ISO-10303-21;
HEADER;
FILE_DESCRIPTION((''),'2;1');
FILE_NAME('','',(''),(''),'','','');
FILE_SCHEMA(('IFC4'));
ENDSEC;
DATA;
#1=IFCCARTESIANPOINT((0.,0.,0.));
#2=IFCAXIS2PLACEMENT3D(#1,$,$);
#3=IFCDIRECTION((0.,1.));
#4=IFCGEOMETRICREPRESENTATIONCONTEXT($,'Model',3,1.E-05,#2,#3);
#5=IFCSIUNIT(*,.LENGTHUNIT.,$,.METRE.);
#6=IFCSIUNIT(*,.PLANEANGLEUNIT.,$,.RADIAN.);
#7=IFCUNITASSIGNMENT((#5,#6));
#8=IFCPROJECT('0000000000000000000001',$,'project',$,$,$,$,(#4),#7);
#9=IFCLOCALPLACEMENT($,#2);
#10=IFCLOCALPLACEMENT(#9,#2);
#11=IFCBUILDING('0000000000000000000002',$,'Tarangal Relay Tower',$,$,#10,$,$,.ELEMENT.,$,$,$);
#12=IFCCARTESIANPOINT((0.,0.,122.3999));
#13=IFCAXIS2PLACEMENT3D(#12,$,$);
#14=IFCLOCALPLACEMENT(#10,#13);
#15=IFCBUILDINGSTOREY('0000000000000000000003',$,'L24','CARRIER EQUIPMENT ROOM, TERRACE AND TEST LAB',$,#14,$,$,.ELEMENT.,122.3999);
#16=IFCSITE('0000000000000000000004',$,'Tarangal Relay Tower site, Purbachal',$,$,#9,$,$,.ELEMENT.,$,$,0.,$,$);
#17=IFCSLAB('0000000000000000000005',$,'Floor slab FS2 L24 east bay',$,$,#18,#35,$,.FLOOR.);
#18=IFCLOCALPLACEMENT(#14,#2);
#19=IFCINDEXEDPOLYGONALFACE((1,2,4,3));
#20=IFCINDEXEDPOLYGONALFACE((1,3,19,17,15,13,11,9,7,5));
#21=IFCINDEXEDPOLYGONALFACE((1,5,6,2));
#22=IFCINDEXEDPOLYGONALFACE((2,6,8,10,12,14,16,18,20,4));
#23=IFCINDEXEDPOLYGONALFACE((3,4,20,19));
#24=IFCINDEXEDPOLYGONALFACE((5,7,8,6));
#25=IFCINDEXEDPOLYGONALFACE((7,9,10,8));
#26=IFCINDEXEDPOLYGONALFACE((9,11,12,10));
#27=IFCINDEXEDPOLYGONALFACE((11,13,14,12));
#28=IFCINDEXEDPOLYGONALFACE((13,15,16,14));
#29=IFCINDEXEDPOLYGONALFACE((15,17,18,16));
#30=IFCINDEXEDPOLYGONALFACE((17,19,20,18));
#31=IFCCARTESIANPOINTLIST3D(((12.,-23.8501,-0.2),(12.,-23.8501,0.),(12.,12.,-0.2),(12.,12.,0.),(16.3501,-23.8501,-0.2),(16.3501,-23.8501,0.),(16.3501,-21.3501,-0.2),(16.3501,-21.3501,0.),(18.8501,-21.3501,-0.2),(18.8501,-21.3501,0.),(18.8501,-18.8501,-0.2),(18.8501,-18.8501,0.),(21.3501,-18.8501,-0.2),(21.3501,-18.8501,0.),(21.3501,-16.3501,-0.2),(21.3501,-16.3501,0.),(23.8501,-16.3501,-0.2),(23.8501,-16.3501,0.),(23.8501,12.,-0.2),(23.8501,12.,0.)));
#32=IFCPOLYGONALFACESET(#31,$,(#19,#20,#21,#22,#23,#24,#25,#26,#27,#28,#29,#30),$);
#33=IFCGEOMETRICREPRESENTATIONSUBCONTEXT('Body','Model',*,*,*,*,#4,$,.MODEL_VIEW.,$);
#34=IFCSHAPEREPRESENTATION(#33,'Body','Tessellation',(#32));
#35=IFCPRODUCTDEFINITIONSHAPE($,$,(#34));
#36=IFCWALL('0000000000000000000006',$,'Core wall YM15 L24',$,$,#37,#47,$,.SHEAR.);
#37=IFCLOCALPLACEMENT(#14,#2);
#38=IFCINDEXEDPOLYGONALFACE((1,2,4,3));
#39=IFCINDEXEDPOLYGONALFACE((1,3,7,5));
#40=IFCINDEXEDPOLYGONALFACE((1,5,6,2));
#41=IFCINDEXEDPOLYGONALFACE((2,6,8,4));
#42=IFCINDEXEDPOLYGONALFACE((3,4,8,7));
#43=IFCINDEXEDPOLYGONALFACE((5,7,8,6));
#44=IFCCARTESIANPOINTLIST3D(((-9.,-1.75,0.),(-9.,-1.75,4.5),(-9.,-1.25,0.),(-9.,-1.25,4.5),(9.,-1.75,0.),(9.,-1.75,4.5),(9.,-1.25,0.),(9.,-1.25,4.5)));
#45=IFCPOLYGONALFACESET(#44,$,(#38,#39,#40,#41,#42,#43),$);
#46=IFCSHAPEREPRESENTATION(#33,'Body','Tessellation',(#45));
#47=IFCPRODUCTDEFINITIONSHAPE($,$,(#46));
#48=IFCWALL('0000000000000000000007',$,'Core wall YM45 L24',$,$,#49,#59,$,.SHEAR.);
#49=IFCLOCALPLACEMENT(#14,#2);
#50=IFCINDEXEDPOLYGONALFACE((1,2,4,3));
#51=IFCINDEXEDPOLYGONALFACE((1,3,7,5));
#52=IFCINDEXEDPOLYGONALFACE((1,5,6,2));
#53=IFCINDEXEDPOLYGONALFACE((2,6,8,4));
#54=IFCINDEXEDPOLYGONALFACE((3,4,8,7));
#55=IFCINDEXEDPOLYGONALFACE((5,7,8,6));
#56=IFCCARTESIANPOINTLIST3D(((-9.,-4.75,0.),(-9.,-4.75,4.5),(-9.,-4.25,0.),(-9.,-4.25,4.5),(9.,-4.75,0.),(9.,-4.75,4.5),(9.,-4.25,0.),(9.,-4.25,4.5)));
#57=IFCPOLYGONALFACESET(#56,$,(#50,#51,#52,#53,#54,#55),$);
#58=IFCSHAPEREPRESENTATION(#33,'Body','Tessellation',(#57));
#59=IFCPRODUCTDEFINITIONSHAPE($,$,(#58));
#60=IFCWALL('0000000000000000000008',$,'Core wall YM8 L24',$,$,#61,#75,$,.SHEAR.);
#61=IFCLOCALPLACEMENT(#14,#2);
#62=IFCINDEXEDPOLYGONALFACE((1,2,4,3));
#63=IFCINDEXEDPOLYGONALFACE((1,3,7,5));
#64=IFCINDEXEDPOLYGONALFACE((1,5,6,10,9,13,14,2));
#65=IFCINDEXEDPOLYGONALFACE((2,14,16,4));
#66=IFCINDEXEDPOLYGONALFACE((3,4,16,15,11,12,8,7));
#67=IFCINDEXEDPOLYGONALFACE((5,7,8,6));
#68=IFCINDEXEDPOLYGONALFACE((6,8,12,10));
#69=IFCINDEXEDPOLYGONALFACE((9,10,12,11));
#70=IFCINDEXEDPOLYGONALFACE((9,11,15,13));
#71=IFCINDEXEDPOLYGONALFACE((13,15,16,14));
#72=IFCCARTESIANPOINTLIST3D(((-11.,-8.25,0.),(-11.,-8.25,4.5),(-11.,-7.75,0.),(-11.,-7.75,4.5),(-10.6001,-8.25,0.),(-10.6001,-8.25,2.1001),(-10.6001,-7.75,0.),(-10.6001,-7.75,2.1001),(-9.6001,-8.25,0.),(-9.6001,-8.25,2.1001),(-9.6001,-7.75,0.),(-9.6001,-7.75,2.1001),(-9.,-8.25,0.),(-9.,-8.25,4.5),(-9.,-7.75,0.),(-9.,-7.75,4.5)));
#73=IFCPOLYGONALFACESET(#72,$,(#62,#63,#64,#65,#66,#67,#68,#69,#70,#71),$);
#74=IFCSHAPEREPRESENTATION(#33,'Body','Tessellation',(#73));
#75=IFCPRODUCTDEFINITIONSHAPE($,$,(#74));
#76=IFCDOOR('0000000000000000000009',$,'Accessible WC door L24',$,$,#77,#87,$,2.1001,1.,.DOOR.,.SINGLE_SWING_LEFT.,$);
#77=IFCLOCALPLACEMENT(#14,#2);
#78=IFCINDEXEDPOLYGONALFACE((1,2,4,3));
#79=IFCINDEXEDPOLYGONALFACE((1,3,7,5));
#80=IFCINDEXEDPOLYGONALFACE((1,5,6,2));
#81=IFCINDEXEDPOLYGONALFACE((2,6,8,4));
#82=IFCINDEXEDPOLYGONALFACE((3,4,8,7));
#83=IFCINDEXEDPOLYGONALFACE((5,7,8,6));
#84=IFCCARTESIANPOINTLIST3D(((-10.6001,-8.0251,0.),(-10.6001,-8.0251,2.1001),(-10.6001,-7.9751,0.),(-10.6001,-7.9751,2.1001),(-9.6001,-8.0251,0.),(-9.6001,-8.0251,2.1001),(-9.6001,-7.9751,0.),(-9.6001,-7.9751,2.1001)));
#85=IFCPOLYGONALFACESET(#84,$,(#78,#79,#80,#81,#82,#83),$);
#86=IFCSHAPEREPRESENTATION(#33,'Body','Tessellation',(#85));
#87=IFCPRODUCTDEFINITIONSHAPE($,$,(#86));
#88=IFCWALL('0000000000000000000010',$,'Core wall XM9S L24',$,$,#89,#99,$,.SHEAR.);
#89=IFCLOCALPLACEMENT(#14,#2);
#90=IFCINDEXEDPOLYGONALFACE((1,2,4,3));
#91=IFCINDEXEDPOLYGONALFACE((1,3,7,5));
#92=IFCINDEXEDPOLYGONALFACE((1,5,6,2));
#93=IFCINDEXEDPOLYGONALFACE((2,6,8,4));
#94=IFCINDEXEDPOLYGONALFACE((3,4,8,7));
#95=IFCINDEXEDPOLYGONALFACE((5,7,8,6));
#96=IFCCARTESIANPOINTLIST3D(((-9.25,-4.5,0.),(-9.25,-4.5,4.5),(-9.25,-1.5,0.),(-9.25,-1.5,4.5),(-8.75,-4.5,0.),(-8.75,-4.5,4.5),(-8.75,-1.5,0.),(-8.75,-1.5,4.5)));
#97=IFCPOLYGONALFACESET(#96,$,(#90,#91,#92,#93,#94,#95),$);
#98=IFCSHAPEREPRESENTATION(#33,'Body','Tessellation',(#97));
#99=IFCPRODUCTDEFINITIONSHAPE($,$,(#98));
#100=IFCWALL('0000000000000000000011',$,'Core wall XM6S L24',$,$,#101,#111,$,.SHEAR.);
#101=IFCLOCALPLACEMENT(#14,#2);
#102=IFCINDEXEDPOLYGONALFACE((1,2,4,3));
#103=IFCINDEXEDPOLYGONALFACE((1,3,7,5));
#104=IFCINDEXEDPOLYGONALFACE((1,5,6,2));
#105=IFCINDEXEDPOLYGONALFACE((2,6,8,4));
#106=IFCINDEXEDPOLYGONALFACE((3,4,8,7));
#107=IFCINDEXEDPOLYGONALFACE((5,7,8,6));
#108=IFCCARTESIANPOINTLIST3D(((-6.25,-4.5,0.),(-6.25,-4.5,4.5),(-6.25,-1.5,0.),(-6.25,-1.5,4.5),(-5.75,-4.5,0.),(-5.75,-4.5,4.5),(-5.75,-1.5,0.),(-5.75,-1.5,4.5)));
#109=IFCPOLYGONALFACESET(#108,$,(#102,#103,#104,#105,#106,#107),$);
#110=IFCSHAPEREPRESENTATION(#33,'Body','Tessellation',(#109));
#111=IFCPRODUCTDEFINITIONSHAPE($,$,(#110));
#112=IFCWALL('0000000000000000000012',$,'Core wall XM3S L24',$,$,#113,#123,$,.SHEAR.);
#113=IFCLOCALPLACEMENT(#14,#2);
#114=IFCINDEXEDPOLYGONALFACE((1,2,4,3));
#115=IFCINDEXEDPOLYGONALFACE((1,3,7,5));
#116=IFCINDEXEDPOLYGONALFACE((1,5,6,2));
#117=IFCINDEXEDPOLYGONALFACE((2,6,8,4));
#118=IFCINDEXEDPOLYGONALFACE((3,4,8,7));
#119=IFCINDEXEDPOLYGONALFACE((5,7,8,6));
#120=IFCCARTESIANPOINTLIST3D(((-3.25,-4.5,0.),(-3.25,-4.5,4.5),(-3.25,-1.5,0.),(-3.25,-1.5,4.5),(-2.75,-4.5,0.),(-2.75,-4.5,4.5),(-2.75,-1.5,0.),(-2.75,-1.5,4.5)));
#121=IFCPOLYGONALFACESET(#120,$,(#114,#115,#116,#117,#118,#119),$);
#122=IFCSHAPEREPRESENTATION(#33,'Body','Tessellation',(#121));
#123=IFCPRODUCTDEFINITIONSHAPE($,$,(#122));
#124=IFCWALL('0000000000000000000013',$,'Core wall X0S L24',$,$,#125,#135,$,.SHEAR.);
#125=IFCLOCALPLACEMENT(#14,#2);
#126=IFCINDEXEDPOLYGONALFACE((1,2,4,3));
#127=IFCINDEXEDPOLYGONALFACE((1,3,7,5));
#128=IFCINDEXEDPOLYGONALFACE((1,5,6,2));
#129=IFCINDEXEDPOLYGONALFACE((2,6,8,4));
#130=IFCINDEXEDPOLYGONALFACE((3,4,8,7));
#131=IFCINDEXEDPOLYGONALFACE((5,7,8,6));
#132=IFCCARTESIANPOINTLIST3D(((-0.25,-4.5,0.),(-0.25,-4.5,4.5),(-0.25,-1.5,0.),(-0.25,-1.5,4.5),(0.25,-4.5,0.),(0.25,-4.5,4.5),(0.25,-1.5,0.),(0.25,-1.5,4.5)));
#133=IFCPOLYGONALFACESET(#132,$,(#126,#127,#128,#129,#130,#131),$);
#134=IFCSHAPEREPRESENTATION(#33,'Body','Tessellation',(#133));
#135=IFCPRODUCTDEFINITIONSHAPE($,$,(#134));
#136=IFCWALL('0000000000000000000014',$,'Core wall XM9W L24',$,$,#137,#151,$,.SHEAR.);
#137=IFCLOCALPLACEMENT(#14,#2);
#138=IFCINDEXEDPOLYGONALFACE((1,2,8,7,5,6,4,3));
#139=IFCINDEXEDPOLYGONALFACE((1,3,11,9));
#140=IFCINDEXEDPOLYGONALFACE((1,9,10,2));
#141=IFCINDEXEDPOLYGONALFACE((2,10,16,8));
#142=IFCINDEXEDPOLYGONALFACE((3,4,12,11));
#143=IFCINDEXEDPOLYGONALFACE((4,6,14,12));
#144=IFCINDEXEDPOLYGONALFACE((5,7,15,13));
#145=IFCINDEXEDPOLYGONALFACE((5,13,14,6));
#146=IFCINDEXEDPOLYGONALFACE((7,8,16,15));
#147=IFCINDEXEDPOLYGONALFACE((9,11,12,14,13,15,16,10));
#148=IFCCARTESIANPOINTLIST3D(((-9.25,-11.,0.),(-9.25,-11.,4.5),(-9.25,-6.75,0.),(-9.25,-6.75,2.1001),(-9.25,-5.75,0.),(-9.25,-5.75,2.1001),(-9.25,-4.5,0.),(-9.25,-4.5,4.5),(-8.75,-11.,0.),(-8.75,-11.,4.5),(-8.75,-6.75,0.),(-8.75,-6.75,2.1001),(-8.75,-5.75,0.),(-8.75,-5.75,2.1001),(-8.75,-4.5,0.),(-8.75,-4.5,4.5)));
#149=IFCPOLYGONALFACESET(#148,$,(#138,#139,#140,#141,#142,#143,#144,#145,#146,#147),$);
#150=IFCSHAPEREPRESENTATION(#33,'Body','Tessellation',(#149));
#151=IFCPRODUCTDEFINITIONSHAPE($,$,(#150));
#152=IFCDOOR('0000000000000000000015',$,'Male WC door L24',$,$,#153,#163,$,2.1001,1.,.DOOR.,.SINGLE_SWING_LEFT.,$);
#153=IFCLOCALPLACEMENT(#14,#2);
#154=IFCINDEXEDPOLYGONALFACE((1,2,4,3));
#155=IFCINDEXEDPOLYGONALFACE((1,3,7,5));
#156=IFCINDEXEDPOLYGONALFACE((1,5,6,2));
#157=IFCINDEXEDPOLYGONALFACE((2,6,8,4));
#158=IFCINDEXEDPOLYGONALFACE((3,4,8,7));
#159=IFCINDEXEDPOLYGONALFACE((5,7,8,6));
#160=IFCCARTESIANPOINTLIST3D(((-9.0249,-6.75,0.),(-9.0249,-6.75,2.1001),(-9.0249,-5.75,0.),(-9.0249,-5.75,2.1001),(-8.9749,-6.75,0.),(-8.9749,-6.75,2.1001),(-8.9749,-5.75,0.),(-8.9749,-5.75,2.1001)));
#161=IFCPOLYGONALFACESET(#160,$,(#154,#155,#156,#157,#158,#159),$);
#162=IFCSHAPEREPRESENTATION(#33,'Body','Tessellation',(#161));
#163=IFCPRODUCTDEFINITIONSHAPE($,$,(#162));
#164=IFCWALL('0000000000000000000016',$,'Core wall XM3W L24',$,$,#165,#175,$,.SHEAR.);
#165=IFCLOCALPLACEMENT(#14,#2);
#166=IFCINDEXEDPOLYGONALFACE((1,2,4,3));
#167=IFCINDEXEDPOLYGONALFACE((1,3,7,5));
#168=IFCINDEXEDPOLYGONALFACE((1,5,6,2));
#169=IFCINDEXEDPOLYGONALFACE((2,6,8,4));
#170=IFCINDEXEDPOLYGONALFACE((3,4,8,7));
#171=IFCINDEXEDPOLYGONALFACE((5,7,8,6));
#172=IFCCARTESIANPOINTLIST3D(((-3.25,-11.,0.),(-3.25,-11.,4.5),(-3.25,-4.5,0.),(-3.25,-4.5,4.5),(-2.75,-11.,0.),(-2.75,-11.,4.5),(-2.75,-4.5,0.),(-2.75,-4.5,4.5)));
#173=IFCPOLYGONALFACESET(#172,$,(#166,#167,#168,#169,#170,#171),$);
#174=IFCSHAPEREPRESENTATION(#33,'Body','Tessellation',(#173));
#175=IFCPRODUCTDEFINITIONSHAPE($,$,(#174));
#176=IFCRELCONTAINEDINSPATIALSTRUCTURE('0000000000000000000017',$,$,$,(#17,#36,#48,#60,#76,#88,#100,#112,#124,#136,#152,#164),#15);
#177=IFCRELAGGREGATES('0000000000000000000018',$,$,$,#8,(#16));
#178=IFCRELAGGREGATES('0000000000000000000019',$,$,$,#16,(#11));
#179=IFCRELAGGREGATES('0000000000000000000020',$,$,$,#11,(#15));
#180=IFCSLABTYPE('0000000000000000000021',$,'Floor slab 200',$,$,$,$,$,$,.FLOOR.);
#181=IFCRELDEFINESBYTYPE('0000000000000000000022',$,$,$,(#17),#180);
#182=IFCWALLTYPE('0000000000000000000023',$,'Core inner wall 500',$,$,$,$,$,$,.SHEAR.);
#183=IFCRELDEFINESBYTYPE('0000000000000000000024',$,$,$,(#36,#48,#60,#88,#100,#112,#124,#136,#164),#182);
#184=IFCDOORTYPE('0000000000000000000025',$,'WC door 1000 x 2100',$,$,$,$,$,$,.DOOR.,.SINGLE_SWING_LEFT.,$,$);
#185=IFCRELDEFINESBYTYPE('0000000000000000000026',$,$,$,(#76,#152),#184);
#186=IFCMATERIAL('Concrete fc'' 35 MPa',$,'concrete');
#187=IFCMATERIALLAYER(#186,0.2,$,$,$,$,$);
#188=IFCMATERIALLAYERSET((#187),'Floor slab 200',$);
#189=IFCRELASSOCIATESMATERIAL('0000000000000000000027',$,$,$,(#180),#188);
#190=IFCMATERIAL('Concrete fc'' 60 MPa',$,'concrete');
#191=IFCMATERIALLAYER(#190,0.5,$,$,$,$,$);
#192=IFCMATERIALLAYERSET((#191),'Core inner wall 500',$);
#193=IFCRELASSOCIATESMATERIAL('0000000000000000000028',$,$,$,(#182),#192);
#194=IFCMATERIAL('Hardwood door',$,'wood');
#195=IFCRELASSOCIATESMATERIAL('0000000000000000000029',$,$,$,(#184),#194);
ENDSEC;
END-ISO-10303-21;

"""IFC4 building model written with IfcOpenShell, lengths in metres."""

from ifc_helpers import new_model, si_unit, direction, frame, frame_2d, origin, place, context, subcontext, project, spatial, polyline, rectangle, outline, extrude, material, layer, layer_set, type_object, element, fill, save


model = new_model("IFC4")

# Units and contexts
model_context = context("Model", 3, precision=1e-05, world=origin(), true_north=direction((0.0, 1.0)))
body_context = subcontext(model_context, "Body", "Model", "MODEL_VIEW")
ifc_project = project(units=[si_unit("LENGTHUNIT", "METRE"), si_unit("PLANEANGLEUNIT", "RADIAN")], contexts=[model_context])

# Site, building, storey
site_placement = place(None, origin())
site = spatial("IfcSite", under=ifc_project, at=site_placement, Name="Tarangal Relay Tower site, Purbachal", CompositionType="ELEMENT", RefElevation=0.0)
building_placement = place(site_placement, origin())
building = spatial("IfcBuilding", under=site, at=building_placement, Name="Tarangal Relay Tower", CompositionType="ELEMENT")
storey_placement = place(building_placement, frame((0.0, 0.0, 122.3999)))
storey = spatial("IfcBuildingStorey", under=building, at=storey_placement, Name="L24", Description="CARRIER EQUIPMENT ROOM, TERRACE AND TEST LAB", CompositionType="ELEMENT", Elevation=122.3999)

# Slab
ifc_material_1 = material(Name="Concrete fc' 35 MPa", Category="concrete")
ifc_layer_1 = layer(ifc_material_1, 0.2)
ifc_layer_set_1 = layer_set([ifc_layer_1], Name="Floor slab 200")
slab_type = type_object("IfcSlabType", Name="Floor slab 200", PredefinedType="FLOOR", material=ifc_layer_set_1)
slab_1_placement = place(storey_placement, frame((0.0, 0.0, -0.2)))
element("IfcSlab", 1, at=slab_1_placement, inside=storey, type_object=slab_type, Name="Floor slab FS2 L24 east bay", PredefinedType="FLOOR", context=body_context, shape_type="SweptSolid", body=[
    extrude(outline(polyline([(23.8501, -16.3501), (21.3501, -16.3501), (21.3501, -18.8501), (18.8501, -18.8501), (18.8501, -21.3501), (16.3501, -21.3501), (16.3501, -23.8501), (12.0, -23.8501), (12.0, 12.0), (23.8501, 12.0), (23.8501, -16.3501)])), origin(), (0.0, 0.0, 1.0), 0.2),
])

# Walls
ifc_material_2 = material(Name="Concrete fc' 60 MPa", Category="concrete")
ifc_layer_2 = layer(ifc_material_2, 0.5)
ifc_layer_set_2 = layer_set([ifc_layer_2], Name="Core inner wall 500")
wall_type_1 = type_object("IfcWallType", Name="Core inner wall 500", PredefinedType="SHEAR", material=ifc_layer_set_2)
for number, where, z_axis, x_axis, name in (
    (2, (-9.0, -1.5, 0.0), (0.0, 0.0, 1.0), (1.0, 0.0, 0.0), "Core wall YM15 L24"),
    (3, (-9.0, -4.5, 0.0), (0.0, 0.0, 1.0), (1.0, 0.0, 0.0), "Core wall YM45 L24"),
):
    element("IfcWall", number, at=place(storey_placement, frame(where, z_axis=z_axis, x_axis=x_axis)), inside=storey, type_object=wall_type_1, Name=name, PredefinedType="SHEAR", context=body_context, shape_type="SweptSolid", body=[
        extrude(rectangle(XDim=18.0, YDim=0.5, at=frame_2d((9.0, 0.0))), origin(), (0.0, 0.0, 1.0), 4.5),
    ])

# Wall, opening, door
wall_1_placement = place(storey_placement, frame((-11.0, -8.0, 0.0), z_axis=(0.0, 0.0, 1.0), x_axis=(1.0, 0.0, 0.0)))
wall_1 = element("IfcWall", 4, at=wall_1_placement, inside=storey, type_object=wall_type_1, Name="Core wall YM8 L24", PredefinedType="SHEAR", context=body_context, shape_type="SweptSolid", body=[
    extrude(rectangle(XDim=2.0, YDim=0.5, at=frame_2d((1.0, 0.0))), origin(), (0.0, 0.0, 1.0), 4.5),
])
opening_1_placement = place(wall_1_placement, frame((0.3999, 0.0, 0.0)))
opening_1 = element("IfcOpeningElement", 5, at=opening_1_placement, cuts=wall_1, PredefinedType="OPENING", context=body_context, shape_type="SweptSolid", body=[
    extrude(rectangle(XDim=1.0, YDim=2.1001, at=frame_2d((0.5, 1.05))), frame((0.0, 0.26, 0.0), z_axis=(0.0, -1.0, 0.0), x_axis=(1.0, 0.0, 0.0)), (0.0, 0.0, 1.0), 0.52),
])
ifc_material_3 = material(Name="Hardwood door", Category="wood")
door_type_1 = type_object("IfcDoorType", Name="WC door 1000 x 2100", OperationType="SINGLE_SWING_LEFT", PredefinedType="DOOR", material=ifc_material_3)
door_1_placement = place(opening_1_placement, origin())
door_1 = element("IfcDoor", 6, at=door_1_placement, inside=storey, type_object=door_type_1, Name="Accessible WC door L24", OperationType="SINGLE_SWING_LEFT", OverallHeight=2.1001, OverallWidth=1.0, PredefinedType="DOOR", context=body_context, shape_type="SweptSolid", body=[
    extrude(rectangle(XDim=1.0, YDim=2.1001, at=frame_2d((0.5, 1.05))), frame((0.0, 0.0249, 0.0), z_axis=(0.0, -1.0, 0.0), x_axis=(1.0, 0.0, 0.0)), (0.0, 0.0, 1.0), 0.05),
])
fill(opening_1, door_1)

# Walls
for number, where, z_axis, x_axis, name in (
    (7, (-9.0, -4.5, 0.0), (0.0, 0.0, 1.0), (0.0, 1.0, 0.0), "Core wall XM9S L24"),
    (8, (-6.0, -4.5, 0.0), (0.0, 0.0, 1.0), (0.0, 1.0, 0.0), "Core wall XM6S L24"),
    (9, (-3.0, -4.5, 0.0), (0.0, 0.0, 1.0), (0.0, 1.0, 0.0), "Core wall XM3S L24"),
    (10, (0.0, -4.5, 0.0), (0.0, 0.0, 1.0), (0.0, 1.0, 0.0), "Core wall X0S L24"),
):
    element("IfcWall", number, at=place(storey_placement, frame(where, z_axis=z_axis, x_axis=x_axis)), inside=storey, type_object=wall_type_1, Name=name, PredefinedType="SHEAR", context=body_context, shape_type="SweptSolid", body=[
        extrude(rectangle(XDim=3.0, YDim=0.5, at=frame_2d((1.5, 0.0))), origin(), (0.0, 0.0, 1.0), 4.5),
    ])

# Wall, opening, door
wall_2_placement = place(storey_placement, frame((-9.0, -11.0, 0.0), z_axis=(0.0, 0.0, 1.0), x_axis=(0.0, 1.0, 0.0)))
wall_2 = element("IfcWall", 11, at=wall_2_placement, inside=storey, type_object=wall_type_1, Name="Core wall XM9W L24", PredefinedType="SHEAR", context=body_context, shape_type="SweptSolid", body=[
    extrude(rectangle(XDim=6.5, YDim=0.5, at=frame_2d((3.25, 0.0))), origin(), (0.0, 0.0, 1.0), 4.5),
])
opening_2_placement = place(wall_2_placement, frame((4.25, 0.0, 0.0)))
opening_2 = element("IfcOpeningElement", 12, at=opening_2_placement, cuts=wall_2, PredefinedType="OPENING", context=body_context, shape_type="SweptSolid", body=[
    extrude(rectangle(XDim=1.0, YDim=2.1001, at=frame_2d((0.5, 1.05))), frame((0.0, 0.26, 0.0), z_axis=(0.0, -1.0, 0.0), x_axis=(1.0, 0.0, 0.0)), (0.0, 0.0, 1.0), 0.52),
])
door_2_placement = place(opening_2_placement, origin())
door_2 = element("IfcDoor", 13, at=door_2_placement, inside=storey, type_object=door_type_1, Name="Male WC door L24", OperationType="SINGLE_SWING_LEFT", OverallHeight=2.1001, OverallWidth=1.0, PredefinedType="DOOR", context=body_context, shape_type="SweptSolid", body=[
    extrude(rectangle(XDim=1.0, YDim=2.1001, at=frame_2d((0.5, 1.05))), frame((0.0, 0.0249, 0.0), z_axis=(0.0, -1.0, 0.0), x_axis=(1.0, 0.0, 0.0)), (0.0, 0.0, 1.0), 0.05),
])
fill(opening_2, door_2)

# Wall
wall_3_placement = place(storey_placement, frame((-3.0, -11.0, 0.0), z_axis=(0.0, 0.0, 1.0), x_axis=(0.0, 1.0, 0.0)))
element("IfcWall", 14, at=wall_3_placement, inside=storey, type_object=wall_type_1, Name="Core wall XM3W L24", PredefinedType="SHEAR", context=body_context, shape_type="SweptSolid", body=[
    extrude(rectangle(XDim=6.5, YDim=0.5, at=frame_2d((3.25, 0.0))), origin(), (0.0, 0.0, 1.0), 4.5),
])

save(model, "model.ifc")
